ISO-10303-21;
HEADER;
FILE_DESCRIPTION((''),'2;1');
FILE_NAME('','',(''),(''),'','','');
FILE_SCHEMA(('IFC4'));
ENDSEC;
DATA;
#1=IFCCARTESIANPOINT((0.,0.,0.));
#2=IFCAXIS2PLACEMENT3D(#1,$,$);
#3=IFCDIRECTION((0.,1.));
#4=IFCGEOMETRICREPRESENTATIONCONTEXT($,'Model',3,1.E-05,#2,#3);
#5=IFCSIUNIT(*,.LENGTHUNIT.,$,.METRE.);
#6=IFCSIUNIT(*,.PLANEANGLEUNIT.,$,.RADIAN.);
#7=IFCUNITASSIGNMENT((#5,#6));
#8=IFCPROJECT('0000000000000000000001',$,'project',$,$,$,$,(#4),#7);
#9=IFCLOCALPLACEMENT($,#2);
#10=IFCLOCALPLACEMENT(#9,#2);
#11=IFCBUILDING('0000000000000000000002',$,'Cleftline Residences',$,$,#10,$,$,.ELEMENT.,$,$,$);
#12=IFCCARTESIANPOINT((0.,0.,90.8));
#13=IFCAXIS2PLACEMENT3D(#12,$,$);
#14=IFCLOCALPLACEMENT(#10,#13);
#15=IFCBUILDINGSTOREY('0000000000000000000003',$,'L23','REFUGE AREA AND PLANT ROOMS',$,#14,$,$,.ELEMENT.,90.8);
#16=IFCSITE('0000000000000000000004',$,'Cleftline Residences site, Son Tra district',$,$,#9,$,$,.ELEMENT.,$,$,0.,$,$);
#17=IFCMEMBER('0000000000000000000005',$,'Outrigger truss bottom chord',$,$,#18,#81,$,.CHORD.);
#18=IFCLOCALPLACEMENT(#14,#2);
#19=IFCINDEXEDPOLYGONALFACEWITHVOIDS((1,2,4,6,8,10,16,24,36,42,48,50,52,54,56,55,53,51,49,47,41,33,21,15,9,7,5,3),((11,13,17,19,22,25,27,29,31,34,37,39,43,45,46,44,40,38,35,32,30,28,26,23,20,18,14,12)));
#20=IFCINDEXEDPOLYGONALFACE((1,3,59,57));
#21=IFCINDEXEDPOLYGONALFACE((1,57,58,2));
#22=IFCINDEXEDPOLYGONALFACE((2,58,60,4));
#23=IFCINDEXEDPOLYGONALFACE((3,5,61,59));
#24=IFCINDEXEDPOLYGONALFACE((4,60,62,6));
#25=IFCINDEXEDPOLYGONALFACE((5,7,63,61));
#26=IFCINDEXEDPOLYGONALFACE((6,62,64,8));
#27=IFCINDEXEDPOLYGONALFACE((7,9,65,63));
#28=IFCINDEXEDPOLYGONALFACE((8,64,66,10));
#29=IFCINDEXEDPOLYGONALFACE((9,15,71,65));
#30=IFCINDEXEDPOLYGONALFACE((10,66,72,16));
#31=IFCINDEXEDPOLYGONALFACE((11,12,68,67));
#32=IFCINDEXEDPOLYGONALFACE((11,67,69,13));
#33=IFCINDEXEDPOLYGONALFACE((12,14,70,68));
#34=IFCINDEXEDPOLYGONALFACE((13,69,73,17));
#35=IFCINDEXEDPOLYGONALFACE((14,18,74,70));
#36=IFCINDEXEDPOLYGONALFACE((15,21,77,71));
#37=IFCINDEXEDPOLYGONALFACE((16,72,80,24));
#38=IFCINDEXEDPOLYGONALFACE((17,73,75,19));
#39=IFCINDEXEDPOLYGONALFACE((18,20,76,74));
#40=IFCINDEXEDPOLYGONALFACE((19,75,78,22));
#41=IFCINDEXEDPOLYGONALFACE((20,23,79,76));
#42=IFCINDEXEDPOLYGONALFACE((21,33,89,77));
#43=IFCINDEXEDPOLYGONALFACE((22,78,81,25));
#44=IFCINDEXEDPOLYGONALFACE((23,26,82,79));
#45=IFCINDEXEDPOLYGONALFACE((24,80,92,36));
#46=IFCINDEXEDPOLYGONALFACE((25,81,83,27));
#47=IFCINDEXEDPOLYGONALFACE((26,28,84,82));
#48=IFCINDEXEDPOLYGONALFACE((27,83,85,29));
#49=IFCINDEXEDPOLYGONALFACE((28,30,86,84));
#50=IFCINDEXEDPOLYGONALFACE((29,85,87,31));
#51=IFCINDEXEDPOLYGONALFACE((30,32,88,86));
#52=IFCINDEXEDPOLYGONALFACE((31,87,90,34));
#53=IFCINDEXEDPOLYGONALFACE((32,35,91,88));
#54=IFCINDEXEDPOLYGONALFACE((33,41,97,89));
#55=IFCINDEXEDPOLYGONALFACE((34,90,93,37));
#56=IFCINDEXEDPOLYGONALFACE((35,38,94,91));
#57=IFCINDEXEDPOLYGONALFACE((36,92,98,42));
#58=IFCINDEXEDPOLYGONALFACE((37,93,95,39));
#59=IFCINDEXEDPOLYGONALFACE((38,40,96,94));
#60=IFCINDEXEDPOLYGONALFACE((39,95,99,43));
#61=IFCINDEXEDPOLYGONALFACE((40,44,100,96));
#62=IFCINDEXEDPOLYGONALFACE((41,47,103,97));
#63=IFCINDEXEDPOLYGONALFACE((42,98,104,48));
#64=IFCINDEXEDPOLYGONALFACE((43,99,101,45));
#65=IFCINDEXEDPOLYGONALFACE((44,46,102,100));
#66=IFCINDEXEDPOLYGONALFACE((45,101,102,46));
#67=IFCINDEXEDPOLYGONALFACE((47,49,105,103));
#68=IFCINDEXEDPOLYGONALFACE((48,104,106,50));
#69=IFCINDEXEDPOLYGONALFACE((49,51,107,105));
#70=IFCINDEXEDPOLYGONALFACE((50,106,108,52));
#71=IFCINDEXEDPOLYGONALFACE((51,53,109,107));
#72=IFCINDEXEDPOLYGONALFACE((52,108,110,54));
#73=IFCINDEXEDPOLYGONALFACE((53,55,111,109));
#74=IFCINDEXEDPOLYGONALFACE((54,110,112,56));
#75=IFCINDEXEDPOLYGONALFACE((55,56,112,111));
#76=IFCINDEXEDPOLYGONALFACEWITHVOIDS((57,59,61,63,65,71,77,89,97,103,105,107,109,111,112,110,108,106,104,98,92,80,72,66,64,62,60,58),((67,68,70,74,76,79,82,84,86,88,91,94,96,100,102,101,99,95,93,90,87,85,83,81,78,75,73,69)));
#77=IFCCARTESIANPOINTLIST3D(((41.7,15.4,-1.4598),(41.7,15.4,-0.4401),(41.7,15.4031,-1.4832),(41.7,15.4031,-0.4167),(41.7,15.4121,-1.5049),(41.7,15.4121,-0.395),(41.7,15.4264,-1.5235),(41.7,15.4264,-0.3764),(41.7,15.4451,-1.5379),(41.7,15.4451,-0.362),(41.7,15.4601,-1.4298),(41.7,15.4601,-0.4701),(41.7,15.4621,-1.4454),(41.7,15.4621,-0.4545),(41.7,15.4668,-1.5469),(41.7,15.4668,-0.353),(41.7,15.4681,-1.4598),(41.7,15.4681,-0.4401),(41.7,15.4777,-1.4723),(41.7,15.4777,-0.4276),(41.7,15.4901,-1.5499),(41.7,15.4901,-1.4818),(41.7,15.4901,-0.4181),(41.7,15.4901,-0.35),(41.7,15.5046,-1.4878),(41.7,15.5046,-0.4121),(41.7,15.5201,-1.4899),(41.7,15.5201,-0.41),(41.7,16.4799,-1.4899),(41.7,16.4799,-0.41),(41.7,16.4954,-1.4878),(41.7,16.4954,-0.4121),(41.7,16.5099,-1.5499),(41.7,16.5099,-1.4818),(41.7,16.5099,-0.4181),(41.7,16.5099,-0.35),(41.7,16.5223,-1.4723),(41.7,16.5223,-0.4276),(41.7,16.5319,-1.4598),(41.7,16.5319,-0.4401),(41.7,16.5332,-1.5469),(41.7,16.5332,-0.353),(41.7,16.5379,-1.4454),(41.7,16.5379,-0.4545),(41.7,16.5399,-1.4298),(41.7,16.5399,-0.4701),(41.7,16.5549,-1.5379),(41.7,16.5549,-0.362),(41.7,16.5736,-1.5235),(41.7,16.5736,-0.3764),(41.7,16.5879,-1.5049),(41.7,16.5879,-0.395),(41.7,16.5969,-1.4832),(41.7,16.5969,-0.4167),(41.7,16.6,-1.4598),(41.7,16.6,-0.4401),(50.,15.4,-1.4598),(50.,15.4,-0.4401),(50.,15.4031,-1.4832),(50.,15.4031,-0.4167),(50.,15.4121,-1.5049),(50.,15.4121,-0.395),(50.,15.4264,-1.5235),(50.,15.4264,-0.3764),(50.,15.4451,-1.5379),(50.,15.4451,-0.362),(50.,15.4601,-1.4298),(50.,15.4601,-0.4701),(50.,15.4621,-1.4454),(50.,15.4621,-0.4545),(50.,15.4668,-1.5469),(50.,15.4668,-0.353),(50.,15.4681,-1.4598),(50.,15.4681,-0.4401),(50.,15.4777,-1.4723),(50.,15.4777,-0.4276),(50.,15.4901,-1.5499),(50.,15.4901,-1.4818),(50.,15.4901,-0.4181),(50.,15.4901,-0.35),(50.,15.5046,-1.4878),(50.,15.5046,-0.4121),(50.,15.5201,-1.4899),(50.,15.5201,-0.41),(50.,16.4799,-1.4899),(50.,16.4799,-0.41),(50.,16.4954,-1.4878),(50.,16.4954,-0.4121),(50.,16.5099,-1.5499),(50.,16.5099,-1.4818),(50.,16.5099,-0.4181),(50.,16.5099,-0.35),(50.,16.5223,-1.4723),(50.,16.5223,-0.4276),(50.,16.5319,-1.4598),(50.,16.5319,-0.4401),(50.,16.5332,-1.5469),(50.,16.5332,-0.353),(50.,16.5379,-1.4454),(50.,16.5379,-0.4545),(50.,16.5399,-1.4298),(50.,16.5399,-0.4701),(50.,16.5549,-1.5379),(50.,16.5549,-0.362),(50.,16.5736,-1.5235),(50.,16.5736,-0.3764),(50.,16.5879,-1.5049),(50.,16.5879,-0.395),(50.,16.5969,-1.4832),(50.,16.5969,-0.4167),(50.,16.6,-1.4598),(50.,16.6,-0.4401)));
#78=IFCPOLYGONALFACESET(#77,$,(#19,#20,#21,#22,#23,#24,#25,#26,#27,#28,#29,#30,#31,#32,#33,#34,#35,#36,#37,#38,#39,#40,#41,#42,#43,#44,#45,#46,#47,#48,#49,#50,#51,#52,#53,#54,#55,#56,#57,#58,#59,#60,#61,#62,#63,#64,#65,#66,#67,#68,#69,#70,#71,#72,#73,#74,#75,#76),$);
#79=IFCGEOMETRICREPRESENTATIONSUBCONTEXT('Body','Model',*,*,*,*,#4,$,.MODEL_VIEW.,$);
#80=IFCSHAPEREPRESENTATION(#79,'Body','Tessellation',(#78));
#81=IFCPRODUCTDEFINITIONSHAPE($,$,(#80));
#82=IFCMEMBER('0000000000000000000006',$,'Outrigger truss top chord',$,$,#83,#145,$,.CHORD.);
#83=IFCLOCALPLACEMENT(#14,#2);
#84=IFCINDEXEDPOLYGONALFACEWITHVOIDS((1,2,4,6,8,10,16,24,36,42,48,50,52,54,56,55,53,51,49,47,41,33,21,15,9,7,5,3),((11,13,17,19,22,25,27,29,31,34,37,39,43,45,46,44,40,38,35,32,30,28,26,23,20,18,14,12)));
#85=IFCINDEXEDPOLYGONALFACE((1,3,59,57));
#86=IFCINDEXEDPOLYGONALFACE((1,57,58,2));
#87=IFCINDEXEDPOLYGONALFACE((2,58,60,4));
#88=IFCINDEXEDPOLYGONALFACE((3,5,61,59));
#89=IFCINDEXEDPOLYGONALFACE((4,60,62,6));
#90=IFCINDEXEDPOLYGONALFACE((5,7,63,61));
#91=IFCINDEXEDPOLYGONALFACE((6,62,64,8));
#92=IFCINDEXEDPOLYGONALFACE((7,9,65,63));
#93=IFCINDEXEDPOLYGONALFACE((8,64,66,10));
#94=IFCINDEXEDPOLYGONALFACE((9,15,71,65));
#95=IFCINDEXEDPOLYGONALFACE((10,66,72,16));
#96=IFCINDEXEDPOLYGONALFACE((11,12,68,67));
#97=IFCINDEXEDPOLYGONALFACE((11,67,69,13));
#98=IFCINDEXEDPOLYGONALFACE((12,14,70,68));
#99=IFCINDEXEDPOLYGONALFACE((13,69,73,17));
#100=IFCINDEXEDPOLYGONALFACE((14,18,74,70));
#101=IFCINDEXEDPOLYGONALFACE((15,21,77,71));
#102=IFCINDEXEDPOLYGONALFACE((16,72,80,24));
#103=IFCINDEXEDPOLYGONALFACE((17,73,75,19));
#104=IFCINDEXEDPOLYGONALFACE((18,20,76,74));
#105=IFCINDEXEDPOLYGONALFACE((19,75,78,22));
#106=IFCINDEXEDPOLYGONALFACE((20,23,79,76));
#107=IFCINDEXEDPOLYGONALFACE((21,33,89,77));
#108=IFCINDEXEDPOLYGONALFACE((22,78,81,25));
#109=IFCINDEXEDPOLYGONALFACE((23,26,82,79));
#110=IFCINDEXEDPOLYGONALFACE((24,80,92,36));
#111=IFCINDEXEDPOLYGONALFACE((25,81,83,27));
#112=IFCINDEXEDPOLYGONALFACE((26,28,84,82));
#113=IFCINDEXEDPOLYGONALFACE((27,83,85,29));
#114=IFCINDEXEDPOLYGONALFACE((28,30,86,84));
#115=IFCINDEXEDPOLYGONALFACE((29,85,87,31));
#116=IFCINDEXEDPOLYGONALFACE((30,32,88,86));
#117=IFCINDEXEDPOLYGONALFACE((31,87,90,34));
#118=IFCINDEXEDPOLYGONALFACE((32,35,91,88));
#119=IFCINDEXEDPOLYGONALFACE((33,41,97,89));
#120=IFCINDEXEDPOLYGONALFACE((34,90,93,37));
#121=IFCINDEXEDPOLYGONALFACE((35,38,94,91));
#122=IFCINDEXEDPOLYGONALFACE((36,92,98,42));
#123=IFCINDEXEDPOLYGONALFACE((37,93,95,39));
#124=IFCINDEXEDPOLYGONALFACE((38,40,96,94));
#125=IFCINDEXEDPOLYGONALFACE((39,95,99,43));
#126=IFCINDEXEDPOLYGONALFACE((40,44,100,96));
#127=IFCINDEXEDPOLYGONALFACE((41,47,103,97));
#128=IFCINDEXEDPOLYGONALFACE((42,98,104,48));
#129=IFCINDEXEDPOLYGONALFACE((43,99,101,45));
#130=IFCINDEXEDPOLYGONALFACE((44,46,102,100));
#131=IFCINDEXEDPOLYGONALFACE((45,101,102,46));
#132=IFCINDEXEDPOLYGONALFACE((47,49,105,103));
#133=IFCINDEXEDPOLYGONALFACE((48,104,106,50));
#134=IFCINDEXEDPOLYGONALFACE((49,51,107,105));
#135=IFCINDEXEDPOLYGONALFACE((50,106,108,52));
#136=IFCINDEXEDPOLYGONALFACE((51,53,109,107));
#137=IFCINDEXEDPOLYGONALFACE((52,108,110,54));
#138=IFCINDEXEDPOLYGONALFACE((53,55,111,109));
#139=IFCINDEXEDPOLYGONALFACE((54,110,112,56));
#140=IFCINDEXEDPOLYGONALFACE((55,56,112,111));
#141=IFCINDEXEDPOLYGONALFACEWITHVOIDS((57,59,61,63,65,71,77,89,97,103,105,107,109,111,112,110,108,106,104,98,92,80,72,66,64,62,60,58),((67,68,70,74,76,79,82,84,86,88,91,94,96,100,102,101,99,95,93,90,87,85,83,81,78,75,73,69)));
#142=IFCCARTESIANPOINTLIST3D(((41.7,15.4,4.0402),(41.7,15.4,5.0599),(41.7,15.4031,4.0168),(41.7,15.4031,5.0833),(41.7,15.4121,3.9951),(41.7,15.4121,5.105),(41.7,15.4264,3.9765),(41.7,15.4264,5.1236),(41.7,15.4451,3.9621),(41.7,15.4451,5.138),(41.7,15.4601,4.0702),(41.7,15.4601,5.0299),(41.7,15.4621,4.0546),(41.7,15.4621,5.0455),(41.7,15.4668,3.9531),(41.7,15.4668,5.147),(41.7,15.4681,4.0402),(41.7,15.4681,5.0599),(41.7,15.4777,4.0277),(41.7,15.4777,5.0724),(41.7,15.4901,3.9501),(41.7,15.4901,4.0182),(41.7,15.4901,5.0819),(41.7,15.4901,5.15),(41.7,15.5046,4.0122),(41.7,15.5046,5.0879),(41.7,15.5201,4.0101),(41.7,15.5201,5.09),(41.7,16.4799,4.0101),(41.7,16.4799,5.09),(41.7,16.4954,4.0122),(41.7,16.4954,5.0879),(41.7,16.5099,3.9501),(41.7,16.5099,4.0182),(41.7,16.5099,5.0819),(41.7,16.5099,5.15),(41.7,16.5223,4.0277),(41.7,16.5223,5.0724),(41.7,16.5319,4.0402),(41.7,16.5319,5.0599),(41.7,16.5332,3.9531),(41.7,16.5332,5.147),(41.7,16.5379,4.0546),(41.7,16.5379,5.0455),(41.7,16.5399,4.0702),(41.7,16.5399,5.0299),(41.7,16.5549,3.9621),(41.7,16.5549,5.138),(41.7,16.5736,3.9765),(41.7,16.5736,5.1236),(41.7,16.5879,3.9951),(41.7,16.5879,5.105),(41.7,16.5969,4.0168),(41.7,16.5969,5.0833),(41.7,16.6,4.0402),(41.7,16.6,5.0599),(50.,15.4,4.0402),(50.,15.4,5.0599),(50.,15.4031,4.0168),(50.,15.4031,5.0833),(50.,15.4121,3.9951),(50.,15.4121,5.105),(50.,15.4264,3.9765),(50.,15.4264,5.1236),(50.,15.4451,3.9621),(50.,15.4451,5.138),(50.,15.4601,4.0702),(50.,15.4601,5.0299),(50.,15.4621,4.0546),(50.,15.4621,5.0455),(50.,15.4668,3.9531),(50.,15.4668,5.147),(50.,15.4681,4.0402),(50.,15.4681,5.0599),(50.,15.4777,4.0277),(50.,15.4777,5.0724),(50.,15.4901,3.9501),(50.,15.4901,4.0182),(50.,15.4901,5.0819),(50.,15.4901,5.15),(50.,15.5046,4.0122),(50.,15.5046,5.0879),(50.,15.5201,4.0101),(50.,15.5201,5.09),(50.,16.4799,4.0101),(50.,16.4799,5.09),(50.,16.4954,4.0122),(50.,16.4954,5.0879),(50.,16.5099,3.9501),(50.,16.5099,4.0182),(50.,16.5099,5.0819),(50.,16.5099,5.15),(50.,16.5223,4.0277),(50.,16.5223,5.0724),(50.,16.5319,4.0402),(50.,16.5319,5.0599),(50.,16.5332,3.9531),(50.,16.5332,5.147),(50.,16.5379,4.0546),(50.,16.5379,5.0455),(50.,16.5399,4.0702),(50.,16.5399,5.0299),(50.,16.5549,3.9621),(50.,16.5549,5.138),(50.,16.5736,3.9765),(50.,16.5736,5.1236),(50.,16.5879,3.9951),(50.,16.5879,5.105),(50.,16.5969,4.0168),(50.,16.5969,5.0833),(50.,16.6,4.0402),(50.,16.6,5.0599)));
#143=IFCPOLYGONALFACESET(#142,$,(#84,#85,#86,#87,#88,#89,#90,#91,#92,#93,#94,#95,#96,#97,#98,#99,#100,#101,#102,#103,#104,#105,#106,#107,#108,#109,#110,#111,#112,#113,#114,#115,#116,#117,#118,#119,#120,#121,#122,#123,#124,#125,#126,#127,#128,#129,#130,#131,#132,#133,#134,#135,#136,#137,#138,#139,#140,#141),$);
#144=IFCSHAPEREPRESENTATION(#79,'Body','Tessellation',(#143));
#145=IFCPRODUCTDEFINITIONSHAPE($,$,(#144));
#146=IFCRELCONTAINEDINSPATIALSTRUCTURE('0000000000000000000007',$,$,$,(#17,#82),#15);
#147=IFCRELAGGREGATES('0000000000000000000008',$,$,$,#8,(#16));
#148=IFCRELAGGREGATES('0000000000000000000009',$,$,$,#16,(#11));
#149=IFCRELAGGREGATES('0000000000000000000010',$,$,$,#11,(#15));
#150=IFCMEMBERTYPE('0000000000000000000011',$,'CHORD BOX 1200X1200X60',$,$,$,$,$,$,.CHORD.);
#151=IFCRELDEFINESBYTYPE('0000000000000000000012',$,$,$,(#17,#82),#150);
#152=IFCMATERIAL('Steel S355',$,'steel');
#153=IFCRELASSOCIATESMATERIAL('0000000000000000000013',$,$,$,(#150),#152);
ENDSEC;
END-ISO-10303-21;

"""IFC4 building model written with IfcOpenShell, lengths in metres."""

from ifc_helpers import new_model, si_unit, direction, frame, origin, origin_2d, place, context, subcontext, project, spatial, hollow_rectangle, extrude, material, material_profile, profile_set, type_object, element, save


model = new_model("IFC4")

# Units and contexts
model_context = context("Model", 3, precision=1e-05, world=origin(), true_north=direction((0.0, 1.0)))
body_context = subcontext(model_context, "Body", "Model", "MODEL_VIEW")
ifc_project = project(units=[si_unit("LENGTHUNIT", "METRE"), si_unit("PLANEANGLEUNIT", "RADIAN")], contexts=[model_context])

# Site, building, storey
site_placement = place(None, origin())
site = spatial("IfcSite", under=ifc_project, at=site_placement, Name="Cleftline Residences site, Son Tra district", CompositionType="ELEMENT", RefElevation=0.0)
building_placement = place(site_placement, origin())
building = spatial("IfcBuilding", under=site, at=building_placement, Name="Cleftline Residences", CompositionType="ELEMENT")
storey_placement = place(building_placement, frame((0.0, 0.0, 90.8)))
storey = spatial("IfcBuildingStorey", under=building, at=storey_placement, Name="L23", Description="REFUGE AREA AND PLANT ROOMS", CompositionType="ELEMENT", Elevation=90.8)

# Members
ifc_material_1 = material(Name="Steel S355", Category="steel")
ifc_material_profile_1 = material_profile(ifc_material_1, hollow_rectangle(XDim=1.2, YDim=1.2, WallThickness=0.0601, InnerFilletRadius=0.0601, OuterFilletRadius=0.0901, at=origin_2d()))
ifc_profile_set_1 = profile_set([ifc_material_profile_1], Name="Steel S355")
member_type_1 = type_object("IfcMemberType", Name="CHORD BOX 1200X1200X60", PredefinedType="CHORD", material=ifc_profile_set_1)
for number, where, z_axis, x_axis, name in (
    (1, (41.7, 16.0, -0.95), (1.0, 0.0, 0.0), (0.0, 1.0, 0.0), "Outrigger truss bottom chord"),
    (2, (41.7, 16.0, 4.55), (1.0, 0.0, 0.0), (0.0, 1.0, 0.0), "Outrigger truss top chord"),
):
    element("IfcMember", number, at=place(storey_placement, frame(where, z_axis=z_axis, x_axis=x_axis)), inside=storey, type_object=member_type_1, Name=name, PredefinedType="CHORD", context=body_context, shape_type="SweptSolid", body=[
        extrude(hollow_rectangle(XDim=1.2, YDim=1.2, WallThickness=0.0601, InnerFilletRadius=0.0601, OuterFilletRadius=0.0901, at=origin_2d()), origin(), (0.0, 0.0, 1.0), 8.3),
    ])

save(model, "model.ifc")
